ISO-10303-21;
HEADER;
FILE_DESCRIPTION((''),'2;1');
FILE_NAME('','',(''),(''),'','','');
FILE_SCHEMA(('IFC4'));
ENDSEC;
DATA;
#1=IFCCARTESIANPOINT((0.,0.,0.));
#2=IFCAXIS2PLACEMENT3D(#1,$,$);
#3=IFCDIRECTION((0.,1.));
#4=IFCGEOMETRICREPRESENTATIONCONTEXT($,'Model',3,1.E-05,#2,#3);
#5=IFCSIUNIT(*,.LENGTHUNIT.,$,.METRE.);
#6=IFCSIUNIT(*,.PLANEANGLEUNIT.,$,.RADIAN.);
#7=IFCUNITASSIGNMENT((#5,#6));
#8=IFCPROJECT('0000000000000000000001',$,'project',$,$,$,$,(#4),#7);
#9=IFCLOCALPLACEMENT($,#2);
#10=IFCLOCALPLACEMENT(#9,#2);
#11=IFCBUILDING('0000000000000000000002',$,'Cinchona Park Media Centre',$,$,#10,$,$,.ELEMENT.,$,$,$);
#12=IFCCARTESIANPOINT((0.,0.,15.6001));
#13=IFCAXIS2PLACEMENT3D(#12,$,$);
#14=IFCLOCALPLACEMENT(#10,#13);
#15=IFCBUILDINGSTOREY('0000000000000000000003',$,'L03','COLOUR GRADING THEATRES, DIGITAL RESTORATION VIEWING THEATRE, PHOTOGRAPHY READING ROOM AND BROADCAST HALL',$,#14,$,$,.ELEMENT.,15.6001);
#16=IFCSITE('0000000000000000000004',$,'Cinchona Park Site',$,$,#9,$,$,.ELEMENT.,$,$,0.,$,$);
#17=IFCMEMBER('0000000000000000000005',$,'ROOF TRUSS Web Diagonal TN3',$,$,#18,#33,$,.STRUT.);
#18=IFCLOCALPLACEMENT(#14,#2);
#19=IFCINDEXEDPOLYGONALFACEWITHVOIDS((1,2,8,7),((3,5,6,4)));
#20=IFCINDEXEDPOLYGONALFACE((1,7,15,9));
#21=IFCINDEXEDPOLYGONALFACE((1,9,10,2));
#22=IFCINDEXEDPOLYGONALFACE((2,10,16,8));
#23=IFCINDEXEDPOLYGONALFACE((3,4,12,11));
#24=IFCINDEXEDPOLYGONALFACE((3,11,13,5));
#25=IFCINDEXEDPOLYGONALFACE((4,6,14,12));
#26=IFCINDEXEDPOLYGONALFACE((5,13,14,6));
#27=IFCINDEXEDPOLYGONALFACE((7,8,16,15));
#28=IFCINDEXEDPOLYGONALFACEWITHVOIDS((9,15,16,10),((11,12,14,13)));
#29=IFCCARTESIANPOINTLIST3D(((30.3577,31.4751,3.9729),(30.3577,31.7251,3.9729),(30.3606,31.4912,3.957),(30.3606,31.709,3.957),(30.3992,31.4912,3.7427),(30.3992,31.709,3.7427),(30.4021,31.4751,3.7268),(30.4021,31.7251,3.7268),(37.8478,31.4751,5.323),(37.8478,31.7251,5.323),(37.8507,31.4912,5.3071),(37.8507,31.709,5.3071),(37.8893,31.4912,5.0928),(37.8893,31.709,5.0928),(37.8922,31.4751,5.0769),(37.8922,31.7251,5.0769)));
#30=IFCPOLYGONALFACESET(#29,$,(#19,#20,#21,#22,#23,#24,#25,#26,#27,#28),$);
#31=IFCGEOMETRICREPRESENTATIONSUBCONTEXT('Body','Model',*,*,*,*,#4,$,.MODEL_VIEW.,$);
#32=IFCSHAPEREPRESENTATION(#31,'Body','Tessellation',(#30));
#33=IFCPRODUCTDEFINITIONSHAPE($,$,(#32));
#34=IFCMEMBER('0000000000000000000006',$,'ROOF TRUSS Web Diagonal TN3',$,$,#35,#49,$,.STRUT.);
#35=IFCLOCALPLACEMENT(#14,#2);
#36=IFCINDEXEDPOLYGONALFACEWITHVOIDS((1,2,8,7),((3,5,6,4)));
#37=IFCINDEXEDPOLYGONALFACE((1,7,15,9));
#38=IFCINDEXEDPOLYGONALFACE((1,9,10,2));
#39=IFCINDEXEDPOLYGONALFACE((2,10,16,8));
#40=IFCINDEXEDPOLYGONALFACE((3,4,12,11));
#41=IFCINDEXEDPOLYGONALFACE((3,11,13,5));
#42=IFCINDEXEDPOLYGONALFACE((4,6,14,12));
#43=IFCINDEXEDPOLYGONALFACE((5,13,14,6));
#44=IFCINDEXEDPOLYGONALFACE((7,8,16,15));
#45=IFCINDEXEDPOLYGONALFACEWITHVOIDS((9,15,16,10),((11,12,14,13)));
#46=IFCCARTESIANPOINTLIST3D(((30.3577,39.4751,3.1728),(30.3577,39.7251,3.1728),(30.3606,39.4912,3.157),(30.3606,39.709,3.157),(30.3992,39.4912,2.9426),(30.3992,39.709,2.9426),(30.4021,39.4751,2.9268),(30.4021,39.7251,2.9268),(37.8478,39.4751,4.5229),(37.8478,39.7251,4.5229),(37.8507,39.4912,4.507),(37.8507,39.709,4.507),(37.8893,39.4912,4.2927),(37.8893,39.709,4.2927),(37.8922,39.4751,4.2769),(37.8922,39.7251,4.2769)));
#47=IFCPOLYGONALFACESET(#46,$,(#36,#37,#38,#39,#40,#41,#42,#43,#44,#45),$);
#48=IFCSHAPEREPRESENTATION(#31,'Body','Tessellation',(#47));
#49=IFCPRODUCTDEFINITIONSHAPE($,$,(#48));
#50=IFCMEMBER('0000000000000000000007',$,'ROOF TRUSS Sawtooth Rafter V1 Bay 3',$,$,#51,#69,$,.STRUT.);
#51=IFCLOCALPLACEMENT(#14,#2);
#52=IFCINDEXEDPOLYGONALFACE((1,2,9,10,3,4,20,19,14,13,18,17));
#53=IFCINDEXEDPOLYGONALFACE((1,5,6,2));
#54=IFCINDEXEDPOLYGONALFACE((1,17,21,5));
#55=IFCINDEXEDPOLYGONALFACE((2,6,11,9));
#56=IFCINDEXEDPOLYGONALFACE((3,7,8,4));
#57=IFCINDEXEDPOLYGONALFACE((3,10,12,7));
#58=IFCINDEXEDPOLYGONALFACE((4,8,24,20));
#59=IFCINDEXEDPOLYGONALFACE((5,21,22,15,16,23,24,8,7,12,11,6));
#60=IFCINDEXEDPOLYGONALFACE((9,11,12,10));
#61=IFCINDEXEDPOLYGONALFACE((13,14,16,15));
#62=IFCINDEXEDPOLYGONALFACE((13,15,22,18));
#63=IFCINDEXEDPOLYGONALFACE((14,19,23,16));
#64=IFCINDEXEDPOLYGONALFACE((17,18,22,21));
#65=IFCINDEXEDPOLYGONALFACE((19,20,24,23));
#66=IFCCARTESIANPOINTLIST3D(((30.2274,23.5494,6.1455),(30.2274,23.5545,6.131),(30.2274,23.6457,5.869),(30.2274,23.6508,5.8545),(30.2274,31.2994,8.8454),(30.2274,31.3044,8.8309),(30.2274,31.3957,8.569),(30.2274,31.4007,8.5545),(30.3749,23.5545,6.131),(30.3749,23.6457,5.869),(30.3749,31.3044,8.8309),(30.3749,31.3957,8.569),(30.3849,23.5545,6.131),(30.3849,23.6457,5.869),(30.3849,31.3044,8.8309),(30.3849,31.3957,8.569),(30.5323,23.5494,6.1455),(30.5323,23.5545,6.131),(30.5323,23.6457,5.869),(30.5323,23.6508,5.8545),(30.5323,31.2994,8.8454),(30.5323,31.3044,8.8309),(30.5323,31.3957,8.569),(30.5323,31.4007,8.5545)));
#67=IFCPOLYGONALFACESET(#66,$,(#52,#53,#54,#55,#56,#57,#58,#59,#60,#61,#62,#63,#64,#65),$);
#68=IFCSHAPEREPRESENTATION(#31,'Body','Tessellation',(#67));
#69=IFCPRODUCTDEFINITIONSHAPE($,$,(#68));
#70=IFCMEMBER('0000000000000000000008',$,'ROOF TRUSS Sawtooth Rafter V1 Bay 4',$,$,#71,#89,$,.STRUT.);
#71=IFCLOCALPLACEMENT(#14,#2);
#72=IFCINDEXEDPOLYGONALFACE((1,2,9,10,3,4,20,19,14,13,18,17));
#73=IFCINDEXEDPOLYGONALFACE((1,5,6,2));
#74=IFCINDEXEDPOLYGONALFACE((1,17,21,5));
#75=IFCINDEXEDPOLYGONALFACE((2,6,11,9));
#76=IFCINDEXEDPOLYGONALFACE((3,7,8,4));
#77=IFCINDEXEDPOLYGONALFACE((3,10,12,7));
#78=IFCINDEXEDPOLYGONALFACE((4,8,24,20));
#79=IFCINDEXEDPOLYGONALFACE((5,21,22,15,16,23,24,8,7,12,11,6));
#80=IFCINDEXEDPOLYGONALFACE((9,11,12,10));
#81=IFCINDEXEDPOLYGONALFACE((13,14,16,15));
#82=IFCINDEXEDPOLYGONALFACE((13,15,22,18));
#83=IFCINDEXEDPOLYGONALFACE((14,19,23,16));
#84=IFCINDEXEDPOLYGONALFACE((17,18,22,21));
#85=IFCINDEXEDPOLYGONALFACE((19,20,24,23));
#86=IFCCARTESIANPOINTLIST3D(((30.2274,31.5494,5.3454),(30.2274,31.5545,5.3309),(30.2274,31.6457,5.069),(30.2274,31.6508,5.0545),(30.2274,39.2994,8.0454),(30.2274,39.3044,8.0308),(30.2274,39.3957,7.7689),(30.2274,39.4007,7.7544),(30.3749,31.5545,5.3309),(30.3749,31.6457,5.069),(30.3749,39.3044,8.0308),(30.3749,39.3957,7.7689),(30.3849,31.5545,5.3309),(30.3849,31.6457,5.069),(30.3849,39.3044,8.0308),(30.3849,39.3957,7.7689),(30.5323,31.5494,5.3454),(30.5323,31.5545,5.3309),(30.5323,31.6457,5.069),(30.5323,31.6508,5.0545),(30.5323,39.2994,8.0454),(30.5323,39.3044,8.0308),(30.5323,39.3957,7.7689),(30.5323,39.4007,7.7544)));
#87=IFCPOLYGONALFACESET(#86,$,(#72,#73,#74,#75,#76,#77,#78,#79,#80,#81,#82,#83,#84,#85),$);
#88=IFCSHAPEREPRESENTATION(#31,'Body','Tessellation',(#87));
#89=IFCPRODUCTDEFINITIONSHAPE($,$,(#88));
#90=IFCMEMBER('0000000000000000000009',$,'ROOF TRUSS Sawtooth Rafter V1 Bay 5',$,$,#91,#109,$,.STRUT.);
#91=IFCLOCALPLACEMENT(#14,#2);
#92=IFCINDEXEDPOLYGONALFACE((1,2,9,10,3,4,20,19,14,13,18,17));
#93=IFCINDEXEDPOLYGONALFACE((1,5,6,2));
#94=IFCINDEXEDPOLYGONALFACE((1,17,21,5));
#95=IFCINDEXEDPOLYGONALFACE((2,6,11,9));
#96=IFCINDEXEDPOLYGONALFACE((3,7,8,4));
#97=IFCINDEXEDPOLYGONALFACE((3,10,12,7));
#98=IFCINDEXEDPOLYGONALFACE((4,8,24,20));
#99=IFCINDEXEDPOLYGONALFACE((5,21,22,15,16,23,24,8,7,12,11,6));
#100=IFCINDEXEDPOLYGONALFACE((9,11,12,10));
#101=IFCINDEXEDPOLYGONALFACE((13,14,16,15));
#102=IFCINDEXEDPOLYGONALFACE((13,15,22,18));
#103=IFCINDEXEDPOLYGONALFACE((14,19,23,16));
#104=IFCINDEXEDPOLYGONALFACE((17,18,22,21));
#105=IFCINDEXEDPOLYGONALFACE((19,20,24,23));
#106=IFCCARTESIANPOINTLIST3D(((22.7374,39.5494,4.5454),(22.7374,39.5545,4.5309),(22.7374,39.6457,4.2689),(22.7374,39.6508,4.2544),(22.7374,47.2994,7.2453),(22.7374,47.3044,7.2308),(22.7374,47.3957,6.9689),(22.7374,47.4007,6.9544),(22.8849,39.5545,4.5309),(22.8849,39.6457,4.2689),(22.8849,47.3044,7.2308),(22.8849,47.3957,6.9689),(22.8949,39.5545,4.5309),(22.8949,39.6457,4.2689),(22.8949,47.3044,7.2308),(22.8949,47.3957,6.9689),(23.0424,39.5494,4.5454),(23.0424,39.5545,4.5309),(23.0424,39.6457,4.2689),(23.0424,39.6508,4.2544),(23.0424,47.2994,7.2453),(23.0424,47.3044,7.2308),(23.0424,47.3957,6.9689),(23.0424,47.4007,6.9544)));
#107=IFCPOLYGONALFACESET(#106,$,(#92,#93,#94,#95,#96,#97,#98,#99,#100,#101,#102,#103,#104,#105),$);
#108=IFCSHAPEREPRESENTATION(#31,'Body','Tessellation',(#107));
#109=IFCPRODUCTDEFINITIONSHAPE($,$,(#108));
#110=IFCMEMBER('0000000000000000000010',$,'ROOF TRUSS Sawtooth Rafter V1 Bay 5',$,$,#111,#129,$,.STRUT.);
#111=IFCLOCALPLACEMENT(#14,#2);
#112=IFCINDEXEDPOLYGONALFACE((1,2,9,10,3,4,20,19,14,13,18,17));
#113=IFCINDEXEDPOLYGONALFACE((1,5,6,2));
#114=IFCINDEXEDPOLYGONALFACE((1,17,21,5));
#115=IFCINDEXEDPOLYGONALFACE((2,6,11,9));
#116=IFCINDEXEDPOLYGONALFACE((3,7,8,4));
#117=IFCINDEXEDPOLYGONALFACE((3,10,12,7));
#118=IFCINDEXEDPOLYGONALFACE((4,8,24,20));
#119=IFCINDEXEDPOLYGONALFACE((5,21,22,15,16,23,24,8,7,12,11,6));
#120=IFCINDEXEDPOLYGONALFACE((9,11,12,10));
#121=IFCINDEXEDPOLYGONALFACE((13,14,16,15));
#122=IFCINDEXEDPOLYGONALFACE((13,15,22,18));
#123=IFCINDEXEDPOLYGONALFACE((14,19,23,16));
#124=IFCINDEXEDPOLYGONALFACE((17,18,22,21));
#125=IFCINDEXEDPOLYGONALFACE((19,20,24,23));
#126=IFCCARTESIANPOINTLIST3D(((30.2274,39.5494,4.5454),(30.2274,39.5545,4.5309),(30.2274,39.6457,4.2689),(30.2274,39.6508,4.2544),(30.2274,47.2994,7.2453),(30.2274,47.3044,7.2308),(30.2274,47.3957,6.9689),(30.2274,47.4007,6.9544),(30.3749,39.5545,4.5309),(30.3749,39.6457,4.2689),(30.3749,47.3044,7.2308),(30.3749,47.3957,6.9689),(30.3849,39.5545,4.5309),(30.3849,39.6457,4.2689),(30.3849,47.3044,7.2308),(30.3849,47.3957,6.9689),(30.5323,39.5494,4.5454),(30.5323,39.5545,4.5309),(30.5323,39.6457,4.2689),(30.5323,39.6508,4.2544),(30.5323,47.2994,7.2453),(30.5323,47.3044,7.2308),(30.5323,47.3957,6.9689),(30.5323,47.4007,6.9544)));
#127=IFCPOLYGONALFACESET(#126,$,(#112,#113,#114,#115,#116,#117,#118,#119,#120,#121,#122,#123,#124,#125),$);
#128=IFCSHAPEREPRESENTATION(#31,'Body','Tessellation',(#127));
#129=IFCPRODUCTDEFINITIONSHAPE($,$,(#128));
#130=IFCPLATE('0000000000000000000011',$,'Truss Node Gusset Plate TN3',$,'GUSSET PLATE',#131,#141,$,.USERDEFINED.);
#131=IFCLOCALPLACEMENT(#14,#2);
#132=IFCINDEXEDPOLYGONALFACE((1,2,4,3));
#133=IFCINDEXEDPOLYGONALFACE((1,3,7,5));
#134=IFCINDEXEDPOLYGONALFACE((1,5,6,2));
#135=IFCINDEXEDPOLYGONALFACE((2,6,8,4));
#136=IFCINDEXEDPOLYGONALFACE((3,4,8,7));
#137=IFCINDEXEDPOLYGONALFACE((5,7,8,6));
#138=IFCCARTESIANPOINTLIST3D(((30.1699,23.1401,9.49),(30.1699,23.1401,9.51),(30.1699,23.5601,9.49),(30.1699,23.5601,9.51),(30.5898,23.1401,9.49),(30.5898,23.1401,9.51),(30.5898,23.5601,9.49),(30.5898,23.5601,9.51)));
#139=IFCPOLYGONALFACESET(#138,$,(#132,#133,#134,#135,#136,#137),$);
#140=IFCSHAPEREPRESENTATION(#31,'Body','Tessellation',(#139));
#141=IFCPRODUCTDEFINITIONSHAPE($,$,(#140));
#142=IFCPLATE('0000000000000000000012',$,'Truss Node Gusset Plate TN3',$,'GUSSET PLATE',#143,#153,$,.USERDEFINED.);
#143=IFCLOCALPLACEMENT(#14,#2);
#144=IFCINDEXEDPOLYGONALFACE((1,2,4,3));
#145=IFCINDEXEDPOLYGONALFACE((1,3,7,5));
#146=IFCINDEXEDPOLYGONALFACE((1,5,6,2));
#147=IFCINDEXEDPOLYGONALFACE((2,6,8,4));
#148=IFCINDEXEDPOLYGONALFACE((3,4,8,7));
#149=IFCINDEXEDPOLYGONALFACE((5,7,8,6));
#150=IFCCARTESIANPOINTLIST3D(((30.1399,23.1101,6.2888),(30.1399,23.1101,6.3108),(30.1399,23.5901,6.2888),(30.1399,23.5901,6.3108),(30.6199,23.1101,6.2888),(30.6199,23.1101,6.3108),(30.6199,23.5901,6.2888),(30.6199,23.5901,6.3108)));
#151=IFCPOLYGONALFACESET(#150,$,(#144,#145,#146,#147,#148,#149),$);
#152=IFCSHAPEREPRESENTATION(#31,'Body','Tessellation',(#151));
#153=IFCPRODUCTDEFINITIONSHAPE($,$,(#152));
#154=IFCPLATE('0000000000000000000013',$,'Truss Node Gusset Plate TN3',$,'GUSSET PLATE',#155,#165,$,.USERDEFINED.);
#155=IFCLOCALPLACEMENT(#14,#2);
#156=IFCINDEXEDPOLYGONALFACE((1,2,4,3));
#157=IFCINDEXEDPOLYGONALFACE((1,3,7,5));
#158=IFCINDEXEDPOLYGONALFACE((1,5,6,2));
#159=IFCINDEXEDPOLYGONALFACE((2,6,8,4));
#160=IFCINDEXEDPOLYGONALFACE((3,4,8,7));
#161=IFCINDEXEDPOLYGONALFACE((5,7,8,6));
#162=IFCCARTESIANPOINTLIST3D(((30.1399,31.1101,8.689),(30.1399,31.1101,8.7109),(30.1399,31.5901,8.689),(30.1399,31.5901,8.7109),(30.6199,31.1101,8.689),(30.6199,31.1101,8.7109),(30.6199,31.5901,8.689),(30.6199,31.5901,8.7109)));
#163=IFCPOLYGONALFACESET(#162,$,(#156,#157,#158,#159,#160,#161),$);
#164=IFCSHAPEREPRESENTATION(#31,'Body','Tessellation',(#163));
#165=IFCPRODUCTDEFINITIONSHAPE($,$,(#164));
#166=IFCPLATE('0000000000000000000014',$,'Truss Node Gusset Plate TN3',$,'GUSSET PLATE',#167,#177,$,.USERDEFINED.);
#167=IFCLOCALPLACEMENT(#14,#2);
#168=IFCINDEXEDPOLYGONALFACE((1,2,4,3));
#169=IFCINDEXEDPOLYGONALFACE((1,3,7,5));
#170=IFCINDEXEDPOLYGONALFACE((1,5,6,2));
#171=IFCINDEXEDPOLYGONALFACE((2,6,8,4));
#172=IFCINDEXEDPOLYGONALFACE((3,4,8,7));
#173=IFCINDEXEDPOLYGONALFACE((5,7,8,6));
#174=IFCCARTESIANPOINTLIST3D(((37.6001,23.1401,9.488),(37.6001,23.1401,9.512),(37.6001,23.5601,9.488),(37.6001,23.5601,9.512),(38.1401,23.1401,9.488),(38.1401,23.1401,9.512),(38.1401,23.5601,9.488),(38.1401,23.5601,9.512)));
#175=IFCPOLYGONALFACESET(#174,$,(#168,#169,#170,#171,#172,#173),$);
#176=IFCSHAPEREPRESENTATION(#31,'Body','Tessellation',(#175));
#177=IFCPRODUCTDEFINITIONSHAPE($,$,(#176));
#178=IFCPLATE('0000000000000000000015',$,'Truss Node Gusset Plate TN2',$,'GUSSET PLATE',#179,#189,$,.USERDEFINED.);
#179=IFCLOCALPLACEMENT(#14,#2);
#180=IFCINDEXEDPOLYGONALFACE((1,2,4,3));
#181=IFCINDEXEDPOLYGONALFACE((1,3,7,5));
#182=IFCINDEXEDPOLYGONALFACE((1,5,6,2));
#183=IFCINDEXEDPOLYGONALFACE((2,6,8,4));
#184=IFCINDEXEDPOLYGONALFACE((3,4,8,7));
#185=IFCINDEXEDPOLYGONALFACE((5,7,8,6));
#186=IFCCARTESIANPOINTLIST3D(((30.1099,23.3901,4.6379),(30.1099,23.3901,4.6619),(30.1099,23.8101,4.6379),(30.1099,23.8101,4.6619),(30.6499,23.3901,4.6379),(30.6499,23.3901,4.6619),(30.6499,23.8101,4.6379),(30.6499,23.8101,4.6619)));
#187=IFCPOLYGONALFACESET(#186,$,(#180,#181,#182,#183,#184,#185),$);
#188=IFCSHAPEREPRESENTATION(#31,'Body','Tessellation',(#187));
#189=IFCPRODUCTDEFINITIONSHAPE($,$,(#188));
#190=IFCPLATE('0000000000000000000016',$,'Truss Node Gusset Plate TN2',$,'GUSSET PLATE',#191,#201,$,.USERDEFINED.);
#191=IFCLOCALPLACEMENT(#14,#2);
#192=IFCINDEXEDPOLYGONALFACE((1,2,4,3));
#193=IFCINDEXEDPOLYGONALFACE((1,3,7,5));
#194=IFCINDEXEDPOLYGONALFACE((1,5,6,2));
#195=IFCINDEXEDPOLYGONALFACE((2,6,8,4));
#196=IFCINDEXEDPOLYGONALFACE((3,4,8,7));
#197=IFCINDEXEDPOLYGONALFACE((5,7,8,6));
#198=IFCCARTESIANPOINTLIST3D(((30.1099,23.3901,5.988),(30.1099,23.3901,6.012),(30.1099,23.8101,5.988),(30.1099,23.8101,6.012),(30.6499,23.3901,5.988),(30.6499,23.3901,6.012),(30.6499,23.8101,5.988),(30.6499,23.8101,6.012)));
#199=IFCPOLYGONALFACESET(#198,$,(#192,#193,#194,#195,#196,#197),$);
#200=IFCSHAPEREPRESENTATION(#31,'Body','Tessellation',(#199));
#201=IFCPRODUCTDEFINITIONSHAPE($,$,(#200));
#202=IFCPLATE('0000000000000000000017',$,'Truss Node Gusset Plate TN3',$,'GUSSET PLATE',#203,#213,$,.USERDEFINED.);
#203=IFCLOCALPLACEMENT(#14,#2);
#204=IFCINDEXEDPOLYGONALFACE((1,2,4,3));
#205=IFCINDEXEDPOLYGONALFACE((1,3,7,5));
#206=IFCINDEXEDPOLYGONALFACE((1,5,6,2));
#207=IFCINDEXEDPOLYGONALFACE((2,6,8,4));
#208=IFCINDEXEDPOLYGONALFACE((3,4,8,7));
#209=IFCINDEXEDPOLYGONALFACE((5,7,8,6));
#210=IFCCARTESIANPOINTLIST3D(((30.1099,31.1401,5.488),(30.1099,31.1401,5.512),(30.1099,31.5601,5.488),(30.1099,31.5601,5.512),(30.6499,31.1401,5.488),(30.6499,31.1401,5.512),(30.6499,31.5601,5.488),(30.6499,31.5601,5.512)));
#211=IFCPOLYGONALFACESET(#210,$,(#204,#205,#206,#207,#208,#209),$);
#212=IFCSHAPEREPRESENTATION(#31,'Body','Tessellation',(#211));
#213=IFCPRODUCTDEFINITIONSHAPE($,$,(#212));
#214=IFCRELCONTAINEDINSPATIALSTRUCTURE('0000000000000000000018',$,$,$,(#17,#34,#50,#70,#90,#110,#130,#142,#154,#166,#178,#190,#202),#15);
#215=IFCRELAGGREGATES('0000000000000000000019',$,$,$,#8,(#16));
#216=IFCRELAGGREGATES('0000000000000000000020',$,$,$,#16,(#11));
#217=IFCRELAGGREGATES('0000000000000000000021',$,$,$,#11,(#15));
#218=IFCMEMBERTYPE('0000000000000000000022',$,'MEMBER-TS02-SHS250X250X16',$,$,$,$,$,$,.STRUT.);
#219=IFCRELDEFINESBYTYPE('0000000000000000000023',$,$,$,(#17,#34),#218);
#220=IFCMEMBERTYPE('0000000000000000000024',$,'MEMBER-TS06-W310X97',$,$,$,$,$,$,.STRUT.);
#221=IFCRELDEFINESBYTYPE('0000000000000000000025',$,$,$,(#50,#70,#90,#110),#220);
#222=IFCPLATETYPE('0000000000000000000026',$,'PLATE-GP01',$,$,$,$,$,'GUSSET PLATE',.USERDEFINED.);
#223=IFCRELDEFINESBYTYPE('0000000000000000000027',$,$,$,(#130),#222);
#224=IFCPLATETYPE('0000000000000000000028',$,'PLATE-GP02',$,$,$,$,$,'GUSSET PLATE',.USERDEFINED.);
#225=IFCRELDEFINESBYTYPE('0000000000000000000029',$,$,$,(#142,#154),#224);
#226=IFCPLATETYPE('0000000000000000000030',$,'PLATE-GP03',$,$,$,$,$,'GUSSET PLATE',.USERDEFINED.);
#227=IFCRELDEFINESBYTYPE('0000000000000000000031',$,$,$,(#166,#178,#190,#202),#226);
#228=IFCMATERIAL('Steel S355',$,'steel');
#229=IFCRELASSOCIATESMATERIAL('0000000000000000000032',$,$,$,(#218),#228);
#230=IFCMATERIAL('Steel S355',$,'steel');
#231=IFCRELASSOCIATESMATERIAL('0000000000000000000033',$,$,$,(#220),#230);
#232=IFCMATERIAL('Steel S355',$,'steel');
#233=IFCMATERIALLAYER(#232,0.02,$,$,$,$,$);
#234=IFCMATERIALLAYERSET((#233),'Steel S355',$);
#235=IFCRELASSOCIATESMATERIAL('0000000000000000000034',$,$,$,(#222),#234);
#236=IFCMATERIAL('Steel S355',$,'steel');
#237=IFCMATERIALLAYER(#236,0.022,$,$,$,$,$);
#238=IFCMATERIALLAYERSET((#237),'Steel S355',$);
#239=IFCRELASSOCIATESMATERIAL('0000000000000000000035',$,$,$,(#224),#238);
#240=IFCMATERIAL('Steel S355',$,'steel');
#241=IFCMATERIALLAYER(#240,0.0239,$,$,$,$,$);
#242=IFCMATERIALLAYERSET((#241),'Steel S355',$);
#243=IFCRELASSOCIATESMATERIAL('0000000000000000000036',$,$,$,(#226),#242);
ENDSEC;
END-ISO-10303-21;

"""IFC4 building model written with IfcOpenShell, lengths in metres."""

from ifc_helpers import new_model, si_unit, direction, frame, origin, origin_2d, place, context, subcontext, project, spatial, rectangle, hollow_rectangle, i_section, extrude, material, layer, layer_set, material_profile, profile_set, type_object, element, save


model = new_model("IFC4")

# Units and contexts
model_context = context("Model", 3, precision=1e-05, world=origin(), true_north=direction((0.0, 1.0)))
body_context = subcontext(model_context, "Body", "Model", "MODEL_VIEW")
ifc_project = project(units=[si_unit("LENGTHUNIT", "METRE"), si_unit("PLANEANGLEUNIT", "RADIAN")], contexts=[model_context])

# Site, building, storey
site_placement = place(None, origin())
site = spatial("IfcSite", under=ifc_project, at=site_placement, Name="Cinchona Park Site", CompositionType="ELEMENT", RefElevation=0.0)
building_placement = place(site_placement, origin())
building = spatial("IfcBuilding", under=site, at=building_placement, Name="Cinchona Park Media Centre", CompositionType="ELEMENT")
storey_placement = place(building_placement, frame((0.0, 0.0, 15.6001)))
storey = spatial("IfcBuildingStorey", under=building, at=storey_placement, Name="L03", Description="COLOUR GRADING THEATRES, DIGITAL RESTORATION VIEWING THEATRE, PHOTOGRAPHY READING ROOM AND BROADCAST HALL", CompositionType="ELEMENT", Elevation=15.6001)

# Members
ifc_material_1 = material(Name="Steel S355", Category="steel")
ifc_material_profile_1 = material_profile(ifc_material_1, hollow_rectangle(XDim=0.25, YDim=0.25, WallThickness=0.0161, at=origin_2d()), Name="250X250X16SHS")
ifc_profile_set_1 = profile_set([ifc_material_profile_1], Name="Steel S355")
member_type_1 = type_object("IfcMemberType", Name="MEMBER-TS02-SHS250X250X16", PredefinedType="STRUT", material=ifc_profile_set_1)
for number, where, z_axis, x_axis, name in (
    (1, (30.3799, 31.6001, 3.8499), (0.984141, 0.0, 0.177389), (0.0, 1.0, 0.0), "ROOF TRUSS Web Diagonal TN3"),
    (2, (30.3799, 39.6001, 3.0498), (0.984141, 0.0, 0.177389), (0.0, 1.0, 0.0), "ROOF TRUSS Web Diagonal TN3"),
):
    element("IfcMember", number, at=place(storey_placement, frame(where, z_axis=z_axis, x_axis=x_axis)), inside=storey, type_object=member_type_1, Name=name, PredefinedType="STRUT", context=body_context, shape_type="SweptSolid", body=[
        extrude(hollow_rectangle(XDim=0.25, YDim=0.25, WallThickness=0.0161, at=origin_2d()), origin(), (0.0, 0.0, 1.0), 7.6108),
    ])
ifc_material_2 = material(Name="Steel S355", Category="steel")
ifc_material_profile_2 = material_profile(ifc_material_2, i_section(OverallWidth=0.3049, OverallDepth=0.3081, WebThickness=0.01, FlangeThickness=0.0154, at=origin_2d()), Name="W310X97")
ifc_profile_set_2 = profile_set([ifc_material_profile_2], Name="Steel S355")
member_type_2 = type_object("IfcMemberType", Name="MEMBER-TS06-W310X97", PredefinedType="STRUT", material=ifc_profile_set_2)
for number, where, z_axis, x_axis, name in (
    (3, (30.3799, 23.6001, 6.0), (0.0, 0.944334, 0.328988), (-1.0, 0.0, 0.0), "ROOF TRUSS Sawtooth Rafter V1 Bay 3"),
    (4, (30.3799, 31.6001, 5.2), (0.0, 0.944334, 0.328988), (-1.0, 0.0, 0.0), "ROOF TRUSS Sawtooth Rafter V1 Bay 4"),
    (5, (22.8899, 39.6001, 4.3999), (0.0, 0.944334, 0.328988), (-1.0, 0.0, 0.0), "ROOF TRUSS Sawtooth Rafter V1 Bay 5"),
    (6, (30.3799, 39.6001, 4.3999), (0.0, 0.944334, 0.328988), (-1.0, 0.0, 0.0), "ROOF TRUSS Sawtooth Rafter V1 Bay 5"),
):
    element("IfcMember", number, at=place(storey_placement, frame(where, z_axis=z_axis, x_axis=x_axis)), inside=storey, type_object=member_type_2, Name=name, PredefinedType="STRUT", context=body_context, shape_type="SweptSolid", body=[
        extrude(i_section(OverallWidth=0.3049, OverallDepth=0.3081, WebThickness=0.01, FlangeThickness=0.0154, at=origin_2d()), origin(), (0.0, 0.0, 1.0), 8.2068),
    ])

# Plates
ifc_material_3 = material(Name="Steel S355", Category="steel")
ifc_layer_1 = layer(ifc_material_3, 0.02)
ifc_layer_set_1 = layer_set([ifc_layer_1], Name="Steel S355")
plate_type_1 = type_object("IfcPlateType", Name="PLATE-GP01", ElementType="GUSSET PLATE", PredefinedType="USERDEFINED", material=ifc_layer_set_1)
plate_placement = place(storey_placement, frame((30.3799, 23.3501, 9.49), z_axis=(0.0, 0.0, 1.0), x_axis=(1.0, 0.0, 0.0)))
element("IfcPlate", 7, at=plate_placement, inside=storey, type_object=plate_type_1, Name="Truss Node Gusset Plate TN3", ObjectType="GUSSET PLATE", PredefinedType="USERDEFINED", context=body_context, shape_type="SweptSolid", body=[
    extrude(rectangle(XDim=0.4199, YDim=0.4199, at=origin_2d()), origin(), (0.0, 0.0, 1.0), 0.02),
])
ifc_material_4 = material(Name="Steel S355", Category="steel")
ifc_layer_2 = layer(ifc_material_4, 0.022)
ifc_layer_set_2 = layer_set([ifc_layer_2], Name="Steel S355")
plate_type_2 = type_object("IfcPlateType", Name="PLATE-GP02", ElementType="GUSSET PLATE", PredefinedType="USERDEFINED", material=ifc_layer_set_2)
for number, where, z_axis, x_axis, name in (
    (8, (30.3799, 23.3501, 6.2888), (0.0, 0.0, 1.0), (1.0, 0.0, 0.0), "Truss Node Gusset Plate TN3"),
    (9, (30.3799, 31.3501, 8.689), (0.0, 0.0, 1.0), (1.0, 0.0, 0.0), "Truss Node Gusset Plate TN3"),
):
    element("IfcPlate", number, at=place(storey_placement, frame(where, z_axis=z_axis, x_axis=x_axis)), inside=storey, type_object=plate_type_2, Name=name, ObjectType="GUSSET PLATE", PredefinedType="USERDEFINED", context=body_context, shape_type="SweptSolid", body=[
        extrude(rectangle(XDim=0.48, YDim=0.48, at=origin_2d()), origin(), (0.0, 0.0, 1.0), 0.022),
    ])
ifc_material_5 = material(Name="Steel S355", Category="steel")
ifc_layer_3 = layer(ifc_material_5, 0.0239)
ifc_layer_set_3 = layer_set([ifc_layer_3], Name="Steel S355")
plate_type_3 = type_object("IfcPlateType", Name="PLATE-GP03", ElementType="GUSSET PLATE", PredefinedType="USERDEFINED", material=ifc_layer_set_3)
for number, where, z_axis, x_axis, name in (
    (10, (37.8701, 23.3501, 9.488), (0.0, 0.0, 1.0), (1.0, 0.0, 0.0), "Truss Node Gusset Plate TN3"),
    (11, (30.3799, 23.6001, 4.6379), (0.0, 0.0, 1.0), (1.0, 0.0, 0.0), "Truss Node Gusset Plate TN2"),
    (12, (30.3799, 23.6001, 5.988), (0.0, 0.0, 1.0), (1.0, 0.0, 0.0), "Truss Node Gusset Plate TN2"),
    (13, (30.3799, 31.3501, 5.488), (0.0, 0.0, 1.0), (1.0, 0.0, 0.0), "Truss Node Gusset Plate TN3"),
):
    element("IfcPlate", number, at=place(storey_placement, frame(where, z_axis=z_axis, x_axis=x_axis)), inside=storey, type_object=plate_type_3, Name=name, ObjectType="GUSSET PLATE", PredefinedType="USERDEFINED", context=body_context, shape_type="SweptSolid", body=[
        extrude(rectangle(XDim=0.54, YDim=0.4199, at=origin_2d()), origin(), (0.0, 0.0, 1.0), 0.0239),
    ])

save(model, "model.ifc")
